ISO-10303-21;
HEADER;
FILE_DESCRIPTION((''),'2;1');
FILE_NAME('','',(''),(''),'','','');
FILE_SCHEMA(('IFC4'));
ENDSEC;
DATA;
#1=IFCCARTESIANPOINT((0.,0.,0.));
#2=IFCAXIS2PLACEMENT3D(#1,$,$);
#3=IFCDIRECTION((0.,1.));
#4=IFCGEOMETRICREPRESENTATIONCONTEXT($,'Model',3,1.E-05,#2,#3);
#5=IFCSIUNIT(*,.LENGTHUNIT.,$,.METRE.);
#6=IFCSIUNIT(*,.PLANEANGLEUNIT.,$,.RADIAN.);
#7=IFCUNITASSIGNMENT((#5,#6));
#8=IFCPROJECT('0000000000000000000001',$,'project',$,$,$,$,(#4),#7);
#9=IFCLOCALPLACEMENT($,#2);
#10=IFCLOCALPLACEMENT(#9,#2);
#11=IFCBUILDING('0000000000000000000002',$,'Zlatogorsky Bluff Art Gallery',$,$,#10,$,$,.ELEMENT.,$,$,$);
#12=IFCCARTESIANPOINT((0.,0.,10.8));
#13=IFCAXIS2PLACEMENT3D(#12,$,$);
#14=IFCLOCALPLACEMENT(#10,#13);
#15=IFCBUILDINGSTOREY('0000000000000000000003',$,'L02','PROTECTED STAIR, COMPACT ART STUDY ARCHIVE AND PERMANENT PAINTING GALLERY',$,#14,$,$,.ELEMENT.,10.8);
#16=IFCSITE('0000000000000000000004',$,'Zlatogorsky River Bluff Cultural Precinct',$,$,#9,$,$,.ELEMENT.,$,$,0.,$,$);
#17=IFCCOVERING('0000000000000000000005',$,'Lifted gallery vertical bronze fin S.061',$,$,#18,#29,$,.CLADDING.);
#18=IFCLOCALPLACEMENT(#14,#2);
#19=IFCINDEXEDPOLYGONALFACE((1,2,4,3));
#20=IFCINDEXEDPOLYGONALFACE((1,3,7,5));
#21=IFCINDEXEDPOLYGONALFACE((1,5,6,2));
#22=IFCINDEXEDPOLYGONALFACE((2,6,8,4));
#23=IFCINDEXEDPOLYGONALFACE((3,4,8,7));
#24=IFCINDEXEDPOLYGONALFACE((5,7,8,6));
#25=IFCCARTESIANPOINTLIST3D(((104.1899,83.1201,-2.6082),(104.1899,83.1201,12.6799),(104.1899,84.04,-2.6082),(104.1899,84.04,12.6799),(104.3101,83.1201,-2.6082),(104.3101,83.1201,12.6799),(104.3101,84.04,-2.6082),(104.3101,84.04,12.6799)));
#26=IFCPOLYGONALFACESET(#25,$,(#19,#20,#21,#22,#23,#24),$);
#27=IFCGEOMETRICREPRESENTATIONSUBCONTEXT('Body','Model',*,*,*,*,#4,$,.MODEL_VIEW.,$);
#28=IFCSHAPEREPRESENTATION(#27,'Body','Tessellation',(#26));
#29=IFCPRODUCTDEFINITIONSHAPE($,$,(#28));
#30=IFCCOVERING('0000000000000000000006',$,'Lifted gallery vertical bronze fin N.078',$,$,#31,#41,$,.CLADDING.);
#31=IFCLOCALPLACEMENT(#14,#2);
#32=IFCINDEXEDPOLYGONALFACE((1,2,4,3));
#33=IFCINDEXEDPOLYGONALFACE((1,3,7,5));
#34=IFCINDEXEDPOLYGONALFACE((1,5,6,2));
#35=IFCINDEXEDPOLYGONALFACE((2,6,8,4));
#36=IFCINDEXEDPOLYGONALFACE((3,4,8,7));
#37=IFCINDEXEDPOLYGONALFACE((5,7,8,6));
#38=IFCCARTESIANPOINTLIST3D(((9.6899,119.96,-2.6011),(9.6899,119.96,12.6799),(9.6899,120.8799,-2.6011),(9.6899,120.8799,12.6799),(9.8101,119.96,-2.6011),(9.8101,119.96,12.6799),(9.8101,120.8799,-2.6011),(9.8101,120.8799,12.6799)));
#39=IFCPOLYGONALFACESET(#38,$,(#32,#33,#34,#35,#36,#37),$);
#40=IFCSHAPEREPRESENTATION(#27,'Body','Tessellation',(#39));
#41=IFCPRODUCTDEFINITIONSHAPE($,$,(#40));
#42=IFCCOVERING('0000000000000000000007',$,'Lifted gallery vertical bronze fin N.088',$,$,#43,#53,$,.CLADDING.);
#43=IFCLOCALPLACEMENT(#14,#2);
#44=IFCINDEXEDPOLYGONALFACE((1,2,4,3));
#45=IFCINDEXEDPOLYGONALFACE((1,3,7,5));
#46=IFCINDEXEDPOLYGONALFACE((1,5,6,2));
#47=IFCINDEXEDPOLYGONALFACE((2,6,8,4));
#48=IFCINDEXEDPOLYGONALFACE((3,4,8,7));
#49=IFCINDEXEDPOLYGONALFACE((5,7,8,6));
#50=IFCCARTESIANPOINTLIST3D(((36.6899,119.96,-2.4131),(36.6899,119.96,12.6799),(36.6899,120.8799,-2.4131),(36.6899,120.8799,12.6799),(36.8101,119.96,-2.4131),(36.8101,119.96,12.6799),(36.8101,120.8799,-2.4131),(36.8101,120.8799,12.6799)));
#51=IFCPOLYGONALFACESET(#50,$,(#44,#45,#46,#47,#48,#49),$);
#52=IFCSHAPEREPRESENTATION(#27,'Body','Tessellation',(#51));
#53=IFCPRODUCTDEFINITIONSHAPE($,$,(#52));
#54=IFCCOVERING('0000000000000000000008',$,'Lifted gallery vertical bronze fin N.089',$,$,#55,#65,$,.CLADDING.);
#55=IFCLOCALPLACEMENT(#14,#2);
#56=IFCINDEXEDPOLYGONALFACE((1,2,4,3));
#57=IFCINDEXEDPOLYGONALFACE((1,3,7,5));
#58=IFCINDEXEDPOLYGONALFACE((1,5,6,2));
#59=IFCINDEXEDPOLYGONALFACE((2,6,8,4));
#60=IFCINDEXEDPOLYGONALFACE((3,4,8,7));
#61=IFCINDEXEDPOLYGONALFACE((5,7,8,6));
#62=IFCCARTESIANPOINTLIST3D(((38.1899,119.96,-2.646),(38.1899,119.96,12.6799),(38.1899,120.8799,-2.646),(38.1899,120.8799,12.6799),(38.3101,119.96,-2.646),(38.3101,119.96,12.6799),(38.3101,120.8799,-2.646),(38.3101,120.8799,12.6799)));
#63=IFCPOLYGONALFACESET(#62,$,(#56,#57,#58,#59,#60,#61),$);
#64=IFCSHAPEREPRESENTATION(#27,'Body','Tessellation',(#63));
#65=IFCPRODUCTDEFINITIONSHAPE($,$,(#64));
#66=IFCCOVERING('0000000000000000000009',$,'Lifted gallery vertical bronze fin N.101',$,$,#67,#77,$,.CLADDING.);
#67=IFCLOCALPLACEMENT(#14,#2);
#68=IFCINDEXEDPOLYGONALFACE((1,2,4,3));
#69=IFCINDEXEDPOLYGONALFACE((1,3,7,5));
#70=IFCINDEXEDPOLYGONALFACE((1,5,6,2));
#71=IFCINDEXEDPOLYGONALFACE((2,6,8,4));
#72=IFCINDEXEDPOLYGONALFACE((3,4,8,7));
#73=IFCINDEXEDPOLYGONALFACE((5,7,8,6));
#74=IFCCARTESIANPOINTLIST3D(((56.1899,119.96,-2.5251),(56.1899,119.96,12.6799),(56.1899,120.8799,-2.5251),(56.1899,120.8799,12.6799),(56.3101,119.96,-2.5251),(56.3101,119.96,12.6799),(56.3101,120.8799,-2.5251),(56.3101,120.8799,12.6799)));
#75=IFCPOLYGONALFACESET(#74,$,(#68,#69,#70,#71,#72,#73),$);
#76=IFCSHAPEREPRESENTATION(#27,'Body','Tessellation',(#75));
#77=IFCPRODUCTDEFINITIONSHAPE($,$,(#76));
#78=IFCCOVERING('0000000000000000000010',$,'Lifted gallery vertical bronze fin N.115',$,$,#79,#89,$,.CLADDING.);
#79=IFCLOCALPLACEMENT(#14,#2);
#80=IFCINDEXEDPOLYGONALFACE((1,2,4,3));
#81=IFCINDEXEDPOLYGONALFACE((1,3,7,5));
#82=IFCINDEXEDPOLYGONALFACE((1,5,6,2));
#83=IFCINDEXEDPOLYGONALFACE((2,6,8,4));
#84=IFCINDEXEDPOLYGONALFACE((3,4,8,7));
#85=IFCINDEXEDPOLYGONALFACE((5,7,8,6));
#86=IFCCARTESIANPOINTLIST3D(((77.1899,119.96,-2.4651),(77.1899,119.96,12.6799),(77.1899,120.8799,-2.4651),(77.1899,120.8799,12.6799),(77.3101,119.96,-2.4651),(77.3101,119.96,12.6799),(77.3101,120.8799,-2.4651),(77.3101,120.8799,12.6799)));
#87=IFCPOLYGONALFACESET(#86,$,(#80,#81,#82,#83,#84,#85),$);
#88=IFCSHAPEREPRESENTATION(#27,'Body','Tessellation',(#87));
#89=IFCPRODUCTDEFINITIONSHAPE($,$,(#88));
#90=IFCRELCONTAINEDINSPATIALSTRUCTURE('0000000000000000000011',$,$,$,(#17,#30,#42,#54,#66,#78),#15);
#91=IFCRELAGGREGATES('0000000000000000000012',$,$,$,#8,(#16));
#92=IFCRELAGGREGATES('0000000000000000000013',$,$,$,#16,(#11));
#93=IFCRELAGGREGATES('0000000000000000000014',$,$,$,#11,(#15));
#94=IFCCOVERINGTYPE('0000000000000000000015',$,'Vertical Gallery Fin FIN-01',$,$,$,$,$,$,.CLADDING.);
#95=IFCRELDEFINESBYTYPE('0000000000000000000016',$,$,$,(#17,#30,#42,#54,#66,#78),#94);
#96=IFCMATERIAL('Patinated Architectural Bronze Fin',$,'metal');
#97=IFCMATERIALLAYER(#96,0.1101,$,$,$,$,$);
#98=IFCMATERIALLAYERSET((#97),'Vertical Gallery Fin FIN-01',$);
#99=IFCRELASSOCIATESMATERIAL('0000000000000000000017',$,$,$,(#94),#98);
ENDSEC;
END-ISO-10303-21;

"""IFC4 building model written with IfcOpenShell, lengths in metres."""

from ifc_helpers import new_model, si_unit, direction, frame, origin, place, context, subcontext, project, spatial, polyline, outline, extrude, material, layer, layer_set, type_object, element, save


model = new_model("IFC4")

# Units and contexts
model_context = context("Model", 3, precision=1e-05, world=origin(), true_north=direction((0.0, 1.0)))
body_context = subcontext(model_context, "Body", "Model", "MODEL_VIEW")
ifc_project = project(units=[si_unit("LENGTHUNIT", "METRE"), si_unit("PLANEANGLEUNIT", "RADIAN")], contexts=[model_context])

# Site, building, storey
site_placement = place(None, origin())
site = spatial("IfcSite", under=ifc_project, at=site_placement, Name="Zlatogorsky River Bluff Cultural Precinct", CompositionType="ELEMENT", RefElevation=0.0)
building_placement = place(site_placement, origin())
building = spatial("IfcBuilding", under=site, at=building_placement, Name="Zlatogorsky Bluff Art Gallery", CompositionType="ELEMENT")
storey_placement = place(building_placement, frame((0.0, 0.0, 10.8)))
storey = spatial("IfcBuildingStorey", under=building, at=storey_placement, Name="L02", Description="PROTECTED STAIR, COMPACT ART STUDY ARCHIVE AND PERMANENT PAINTING GALLERY", CompositionType="ELEMENT", Elevation=10.8)

# Coverings
ifc_material_1 = material(Name="Patinated Architectural Bronze Fin", Category="metal")
ifc_layer_1 = layer(ifc_material_1, 0.1101)
ifc_layer_set_1 = layer_set([ifc_layer_1], Name="Vertical Gallery Fin FIN-01")
covering_type_1 = type_object("IfcCoveringType", Name="Vertical Gallery Fin FIN-01", PredefinedType="CLADDING", material=ifc_layer_set_1)
covering_1_placement = place(storey_placement, frame((0.0, 0.0, -2.6082)))
element("IfcCovering", 1, at=covering_1_placement, inside=storey, type_object=covering_type_1, Name="Lifted gallery vertical bronze fin S.061", PredefinedType="CLADDING", context=body_context, shape_type="SweptSolid", body=[
    extrude(outline(polyline([(104.1899, 83.1201), (104.3101, 83.1201), (104.3101, 84.04), (104.1899, 84.04), (104.1899, 83.1201)])), origin(), (0.0, 0.0, 1.0), 15.2881),
])
covering_2_placement = place(storey_placement, frame((0.0, 0.0, -2.6011)))
element("IfcCovering", 2, at=covering_2_placement, inside=storey, type_object=covering_type_1, Name="Lifted gallery vertical bronze fin N.078", PredefinedType="CLADDING", context=body_context, shape_type="SweptSolid", body=[
    extrude(outline(polyline([(9.6899, 119.96), (9.8101, 119.96), (9.8101, 120.8799), (9.6899, 120.8799), (9.6899, 119.96)])), origin(), (0.0, 0.0, 1.0), 15.281),
])
covering_3_placement = place(storey_placement, frame((0.0, 0.0, -2.4131)))
element("IfcCovering", 3, at=covering_3_placement, inside=storey, type_object=covering_type_1, Name="Lifted gallery vertical bronze fin N.088", PredefinedType="CLADDING", context=body_context, shape_type="SweptSolid", body=[
    extrude(outline(polyline([(36.6899, 119.96), (36.8101, 119.96), (36.8101, 120.8799), (36.6899, 120.8799), (36.6899, 119.96)])), origin(), (0.0, 0.0, 1.0), 15.093),
])
covering_4_placement = place(storey_placement, frame((0.0, 0.0, -2.646)))
element("IfcCovering", 4, at=covering_4_placement, inside=storey, type_object=covering_type_1, Name="Lifted gallery vertical bronze fin N.089", PredefinedType="CLADDING", context=body_context, shape_type="SweptSolid", body=[
    extrude(outline(polyline([(38.1899, 119.96), (38.3101, 119.96), (38.3101, 120.8799), (38.1899, 120.8799), (38.1899, 119.96)])), origin(), (0.0, 0.0, 1.0), 15.3259),
])
covering_5_placement = place(storey_placement, frame((0.0, 0.0, -2.5251)))
element("IfcCovering", 5, at=covering_5_placement, inside=storey, type_object=covering_type_1, Name="Lifted gallery vertical bronze fin N.101", PredefinedType="CLADDING", context=body_context, shape_type="SweptSolid", body=[
    extrude(outline(polyline([(56.1899, 119.96), (56.3101, 119.96), (56.3101, 120.8799), (56.1899, 120.8799), (56.1899, 119.96)])), origin(), (0.0, 0.0, 1.0), 15.2051),
])
covering_6_placement = place(storey_placement, frame((0.0, 0.0, -2.4651)))
element("IfcCovering", 6, at=covering_6_placement, inside=storey, type_object=covering_type_1, Name="Lifted gallery vertical bronze fin N.115", PredefinedType="CLADDING", context=body_context, shape_type="SweptSolid", body=[
    extrude(outline(polyline([(77.1899, 119.96), (77.3101, 119.96), (77.3101, 120.8799), (77.1899, 120.8799), (77.1899, 119.96)])), origin(), (0.0, 0.0, 1.0), 15.145),
])

save(model, "model.ifc")
